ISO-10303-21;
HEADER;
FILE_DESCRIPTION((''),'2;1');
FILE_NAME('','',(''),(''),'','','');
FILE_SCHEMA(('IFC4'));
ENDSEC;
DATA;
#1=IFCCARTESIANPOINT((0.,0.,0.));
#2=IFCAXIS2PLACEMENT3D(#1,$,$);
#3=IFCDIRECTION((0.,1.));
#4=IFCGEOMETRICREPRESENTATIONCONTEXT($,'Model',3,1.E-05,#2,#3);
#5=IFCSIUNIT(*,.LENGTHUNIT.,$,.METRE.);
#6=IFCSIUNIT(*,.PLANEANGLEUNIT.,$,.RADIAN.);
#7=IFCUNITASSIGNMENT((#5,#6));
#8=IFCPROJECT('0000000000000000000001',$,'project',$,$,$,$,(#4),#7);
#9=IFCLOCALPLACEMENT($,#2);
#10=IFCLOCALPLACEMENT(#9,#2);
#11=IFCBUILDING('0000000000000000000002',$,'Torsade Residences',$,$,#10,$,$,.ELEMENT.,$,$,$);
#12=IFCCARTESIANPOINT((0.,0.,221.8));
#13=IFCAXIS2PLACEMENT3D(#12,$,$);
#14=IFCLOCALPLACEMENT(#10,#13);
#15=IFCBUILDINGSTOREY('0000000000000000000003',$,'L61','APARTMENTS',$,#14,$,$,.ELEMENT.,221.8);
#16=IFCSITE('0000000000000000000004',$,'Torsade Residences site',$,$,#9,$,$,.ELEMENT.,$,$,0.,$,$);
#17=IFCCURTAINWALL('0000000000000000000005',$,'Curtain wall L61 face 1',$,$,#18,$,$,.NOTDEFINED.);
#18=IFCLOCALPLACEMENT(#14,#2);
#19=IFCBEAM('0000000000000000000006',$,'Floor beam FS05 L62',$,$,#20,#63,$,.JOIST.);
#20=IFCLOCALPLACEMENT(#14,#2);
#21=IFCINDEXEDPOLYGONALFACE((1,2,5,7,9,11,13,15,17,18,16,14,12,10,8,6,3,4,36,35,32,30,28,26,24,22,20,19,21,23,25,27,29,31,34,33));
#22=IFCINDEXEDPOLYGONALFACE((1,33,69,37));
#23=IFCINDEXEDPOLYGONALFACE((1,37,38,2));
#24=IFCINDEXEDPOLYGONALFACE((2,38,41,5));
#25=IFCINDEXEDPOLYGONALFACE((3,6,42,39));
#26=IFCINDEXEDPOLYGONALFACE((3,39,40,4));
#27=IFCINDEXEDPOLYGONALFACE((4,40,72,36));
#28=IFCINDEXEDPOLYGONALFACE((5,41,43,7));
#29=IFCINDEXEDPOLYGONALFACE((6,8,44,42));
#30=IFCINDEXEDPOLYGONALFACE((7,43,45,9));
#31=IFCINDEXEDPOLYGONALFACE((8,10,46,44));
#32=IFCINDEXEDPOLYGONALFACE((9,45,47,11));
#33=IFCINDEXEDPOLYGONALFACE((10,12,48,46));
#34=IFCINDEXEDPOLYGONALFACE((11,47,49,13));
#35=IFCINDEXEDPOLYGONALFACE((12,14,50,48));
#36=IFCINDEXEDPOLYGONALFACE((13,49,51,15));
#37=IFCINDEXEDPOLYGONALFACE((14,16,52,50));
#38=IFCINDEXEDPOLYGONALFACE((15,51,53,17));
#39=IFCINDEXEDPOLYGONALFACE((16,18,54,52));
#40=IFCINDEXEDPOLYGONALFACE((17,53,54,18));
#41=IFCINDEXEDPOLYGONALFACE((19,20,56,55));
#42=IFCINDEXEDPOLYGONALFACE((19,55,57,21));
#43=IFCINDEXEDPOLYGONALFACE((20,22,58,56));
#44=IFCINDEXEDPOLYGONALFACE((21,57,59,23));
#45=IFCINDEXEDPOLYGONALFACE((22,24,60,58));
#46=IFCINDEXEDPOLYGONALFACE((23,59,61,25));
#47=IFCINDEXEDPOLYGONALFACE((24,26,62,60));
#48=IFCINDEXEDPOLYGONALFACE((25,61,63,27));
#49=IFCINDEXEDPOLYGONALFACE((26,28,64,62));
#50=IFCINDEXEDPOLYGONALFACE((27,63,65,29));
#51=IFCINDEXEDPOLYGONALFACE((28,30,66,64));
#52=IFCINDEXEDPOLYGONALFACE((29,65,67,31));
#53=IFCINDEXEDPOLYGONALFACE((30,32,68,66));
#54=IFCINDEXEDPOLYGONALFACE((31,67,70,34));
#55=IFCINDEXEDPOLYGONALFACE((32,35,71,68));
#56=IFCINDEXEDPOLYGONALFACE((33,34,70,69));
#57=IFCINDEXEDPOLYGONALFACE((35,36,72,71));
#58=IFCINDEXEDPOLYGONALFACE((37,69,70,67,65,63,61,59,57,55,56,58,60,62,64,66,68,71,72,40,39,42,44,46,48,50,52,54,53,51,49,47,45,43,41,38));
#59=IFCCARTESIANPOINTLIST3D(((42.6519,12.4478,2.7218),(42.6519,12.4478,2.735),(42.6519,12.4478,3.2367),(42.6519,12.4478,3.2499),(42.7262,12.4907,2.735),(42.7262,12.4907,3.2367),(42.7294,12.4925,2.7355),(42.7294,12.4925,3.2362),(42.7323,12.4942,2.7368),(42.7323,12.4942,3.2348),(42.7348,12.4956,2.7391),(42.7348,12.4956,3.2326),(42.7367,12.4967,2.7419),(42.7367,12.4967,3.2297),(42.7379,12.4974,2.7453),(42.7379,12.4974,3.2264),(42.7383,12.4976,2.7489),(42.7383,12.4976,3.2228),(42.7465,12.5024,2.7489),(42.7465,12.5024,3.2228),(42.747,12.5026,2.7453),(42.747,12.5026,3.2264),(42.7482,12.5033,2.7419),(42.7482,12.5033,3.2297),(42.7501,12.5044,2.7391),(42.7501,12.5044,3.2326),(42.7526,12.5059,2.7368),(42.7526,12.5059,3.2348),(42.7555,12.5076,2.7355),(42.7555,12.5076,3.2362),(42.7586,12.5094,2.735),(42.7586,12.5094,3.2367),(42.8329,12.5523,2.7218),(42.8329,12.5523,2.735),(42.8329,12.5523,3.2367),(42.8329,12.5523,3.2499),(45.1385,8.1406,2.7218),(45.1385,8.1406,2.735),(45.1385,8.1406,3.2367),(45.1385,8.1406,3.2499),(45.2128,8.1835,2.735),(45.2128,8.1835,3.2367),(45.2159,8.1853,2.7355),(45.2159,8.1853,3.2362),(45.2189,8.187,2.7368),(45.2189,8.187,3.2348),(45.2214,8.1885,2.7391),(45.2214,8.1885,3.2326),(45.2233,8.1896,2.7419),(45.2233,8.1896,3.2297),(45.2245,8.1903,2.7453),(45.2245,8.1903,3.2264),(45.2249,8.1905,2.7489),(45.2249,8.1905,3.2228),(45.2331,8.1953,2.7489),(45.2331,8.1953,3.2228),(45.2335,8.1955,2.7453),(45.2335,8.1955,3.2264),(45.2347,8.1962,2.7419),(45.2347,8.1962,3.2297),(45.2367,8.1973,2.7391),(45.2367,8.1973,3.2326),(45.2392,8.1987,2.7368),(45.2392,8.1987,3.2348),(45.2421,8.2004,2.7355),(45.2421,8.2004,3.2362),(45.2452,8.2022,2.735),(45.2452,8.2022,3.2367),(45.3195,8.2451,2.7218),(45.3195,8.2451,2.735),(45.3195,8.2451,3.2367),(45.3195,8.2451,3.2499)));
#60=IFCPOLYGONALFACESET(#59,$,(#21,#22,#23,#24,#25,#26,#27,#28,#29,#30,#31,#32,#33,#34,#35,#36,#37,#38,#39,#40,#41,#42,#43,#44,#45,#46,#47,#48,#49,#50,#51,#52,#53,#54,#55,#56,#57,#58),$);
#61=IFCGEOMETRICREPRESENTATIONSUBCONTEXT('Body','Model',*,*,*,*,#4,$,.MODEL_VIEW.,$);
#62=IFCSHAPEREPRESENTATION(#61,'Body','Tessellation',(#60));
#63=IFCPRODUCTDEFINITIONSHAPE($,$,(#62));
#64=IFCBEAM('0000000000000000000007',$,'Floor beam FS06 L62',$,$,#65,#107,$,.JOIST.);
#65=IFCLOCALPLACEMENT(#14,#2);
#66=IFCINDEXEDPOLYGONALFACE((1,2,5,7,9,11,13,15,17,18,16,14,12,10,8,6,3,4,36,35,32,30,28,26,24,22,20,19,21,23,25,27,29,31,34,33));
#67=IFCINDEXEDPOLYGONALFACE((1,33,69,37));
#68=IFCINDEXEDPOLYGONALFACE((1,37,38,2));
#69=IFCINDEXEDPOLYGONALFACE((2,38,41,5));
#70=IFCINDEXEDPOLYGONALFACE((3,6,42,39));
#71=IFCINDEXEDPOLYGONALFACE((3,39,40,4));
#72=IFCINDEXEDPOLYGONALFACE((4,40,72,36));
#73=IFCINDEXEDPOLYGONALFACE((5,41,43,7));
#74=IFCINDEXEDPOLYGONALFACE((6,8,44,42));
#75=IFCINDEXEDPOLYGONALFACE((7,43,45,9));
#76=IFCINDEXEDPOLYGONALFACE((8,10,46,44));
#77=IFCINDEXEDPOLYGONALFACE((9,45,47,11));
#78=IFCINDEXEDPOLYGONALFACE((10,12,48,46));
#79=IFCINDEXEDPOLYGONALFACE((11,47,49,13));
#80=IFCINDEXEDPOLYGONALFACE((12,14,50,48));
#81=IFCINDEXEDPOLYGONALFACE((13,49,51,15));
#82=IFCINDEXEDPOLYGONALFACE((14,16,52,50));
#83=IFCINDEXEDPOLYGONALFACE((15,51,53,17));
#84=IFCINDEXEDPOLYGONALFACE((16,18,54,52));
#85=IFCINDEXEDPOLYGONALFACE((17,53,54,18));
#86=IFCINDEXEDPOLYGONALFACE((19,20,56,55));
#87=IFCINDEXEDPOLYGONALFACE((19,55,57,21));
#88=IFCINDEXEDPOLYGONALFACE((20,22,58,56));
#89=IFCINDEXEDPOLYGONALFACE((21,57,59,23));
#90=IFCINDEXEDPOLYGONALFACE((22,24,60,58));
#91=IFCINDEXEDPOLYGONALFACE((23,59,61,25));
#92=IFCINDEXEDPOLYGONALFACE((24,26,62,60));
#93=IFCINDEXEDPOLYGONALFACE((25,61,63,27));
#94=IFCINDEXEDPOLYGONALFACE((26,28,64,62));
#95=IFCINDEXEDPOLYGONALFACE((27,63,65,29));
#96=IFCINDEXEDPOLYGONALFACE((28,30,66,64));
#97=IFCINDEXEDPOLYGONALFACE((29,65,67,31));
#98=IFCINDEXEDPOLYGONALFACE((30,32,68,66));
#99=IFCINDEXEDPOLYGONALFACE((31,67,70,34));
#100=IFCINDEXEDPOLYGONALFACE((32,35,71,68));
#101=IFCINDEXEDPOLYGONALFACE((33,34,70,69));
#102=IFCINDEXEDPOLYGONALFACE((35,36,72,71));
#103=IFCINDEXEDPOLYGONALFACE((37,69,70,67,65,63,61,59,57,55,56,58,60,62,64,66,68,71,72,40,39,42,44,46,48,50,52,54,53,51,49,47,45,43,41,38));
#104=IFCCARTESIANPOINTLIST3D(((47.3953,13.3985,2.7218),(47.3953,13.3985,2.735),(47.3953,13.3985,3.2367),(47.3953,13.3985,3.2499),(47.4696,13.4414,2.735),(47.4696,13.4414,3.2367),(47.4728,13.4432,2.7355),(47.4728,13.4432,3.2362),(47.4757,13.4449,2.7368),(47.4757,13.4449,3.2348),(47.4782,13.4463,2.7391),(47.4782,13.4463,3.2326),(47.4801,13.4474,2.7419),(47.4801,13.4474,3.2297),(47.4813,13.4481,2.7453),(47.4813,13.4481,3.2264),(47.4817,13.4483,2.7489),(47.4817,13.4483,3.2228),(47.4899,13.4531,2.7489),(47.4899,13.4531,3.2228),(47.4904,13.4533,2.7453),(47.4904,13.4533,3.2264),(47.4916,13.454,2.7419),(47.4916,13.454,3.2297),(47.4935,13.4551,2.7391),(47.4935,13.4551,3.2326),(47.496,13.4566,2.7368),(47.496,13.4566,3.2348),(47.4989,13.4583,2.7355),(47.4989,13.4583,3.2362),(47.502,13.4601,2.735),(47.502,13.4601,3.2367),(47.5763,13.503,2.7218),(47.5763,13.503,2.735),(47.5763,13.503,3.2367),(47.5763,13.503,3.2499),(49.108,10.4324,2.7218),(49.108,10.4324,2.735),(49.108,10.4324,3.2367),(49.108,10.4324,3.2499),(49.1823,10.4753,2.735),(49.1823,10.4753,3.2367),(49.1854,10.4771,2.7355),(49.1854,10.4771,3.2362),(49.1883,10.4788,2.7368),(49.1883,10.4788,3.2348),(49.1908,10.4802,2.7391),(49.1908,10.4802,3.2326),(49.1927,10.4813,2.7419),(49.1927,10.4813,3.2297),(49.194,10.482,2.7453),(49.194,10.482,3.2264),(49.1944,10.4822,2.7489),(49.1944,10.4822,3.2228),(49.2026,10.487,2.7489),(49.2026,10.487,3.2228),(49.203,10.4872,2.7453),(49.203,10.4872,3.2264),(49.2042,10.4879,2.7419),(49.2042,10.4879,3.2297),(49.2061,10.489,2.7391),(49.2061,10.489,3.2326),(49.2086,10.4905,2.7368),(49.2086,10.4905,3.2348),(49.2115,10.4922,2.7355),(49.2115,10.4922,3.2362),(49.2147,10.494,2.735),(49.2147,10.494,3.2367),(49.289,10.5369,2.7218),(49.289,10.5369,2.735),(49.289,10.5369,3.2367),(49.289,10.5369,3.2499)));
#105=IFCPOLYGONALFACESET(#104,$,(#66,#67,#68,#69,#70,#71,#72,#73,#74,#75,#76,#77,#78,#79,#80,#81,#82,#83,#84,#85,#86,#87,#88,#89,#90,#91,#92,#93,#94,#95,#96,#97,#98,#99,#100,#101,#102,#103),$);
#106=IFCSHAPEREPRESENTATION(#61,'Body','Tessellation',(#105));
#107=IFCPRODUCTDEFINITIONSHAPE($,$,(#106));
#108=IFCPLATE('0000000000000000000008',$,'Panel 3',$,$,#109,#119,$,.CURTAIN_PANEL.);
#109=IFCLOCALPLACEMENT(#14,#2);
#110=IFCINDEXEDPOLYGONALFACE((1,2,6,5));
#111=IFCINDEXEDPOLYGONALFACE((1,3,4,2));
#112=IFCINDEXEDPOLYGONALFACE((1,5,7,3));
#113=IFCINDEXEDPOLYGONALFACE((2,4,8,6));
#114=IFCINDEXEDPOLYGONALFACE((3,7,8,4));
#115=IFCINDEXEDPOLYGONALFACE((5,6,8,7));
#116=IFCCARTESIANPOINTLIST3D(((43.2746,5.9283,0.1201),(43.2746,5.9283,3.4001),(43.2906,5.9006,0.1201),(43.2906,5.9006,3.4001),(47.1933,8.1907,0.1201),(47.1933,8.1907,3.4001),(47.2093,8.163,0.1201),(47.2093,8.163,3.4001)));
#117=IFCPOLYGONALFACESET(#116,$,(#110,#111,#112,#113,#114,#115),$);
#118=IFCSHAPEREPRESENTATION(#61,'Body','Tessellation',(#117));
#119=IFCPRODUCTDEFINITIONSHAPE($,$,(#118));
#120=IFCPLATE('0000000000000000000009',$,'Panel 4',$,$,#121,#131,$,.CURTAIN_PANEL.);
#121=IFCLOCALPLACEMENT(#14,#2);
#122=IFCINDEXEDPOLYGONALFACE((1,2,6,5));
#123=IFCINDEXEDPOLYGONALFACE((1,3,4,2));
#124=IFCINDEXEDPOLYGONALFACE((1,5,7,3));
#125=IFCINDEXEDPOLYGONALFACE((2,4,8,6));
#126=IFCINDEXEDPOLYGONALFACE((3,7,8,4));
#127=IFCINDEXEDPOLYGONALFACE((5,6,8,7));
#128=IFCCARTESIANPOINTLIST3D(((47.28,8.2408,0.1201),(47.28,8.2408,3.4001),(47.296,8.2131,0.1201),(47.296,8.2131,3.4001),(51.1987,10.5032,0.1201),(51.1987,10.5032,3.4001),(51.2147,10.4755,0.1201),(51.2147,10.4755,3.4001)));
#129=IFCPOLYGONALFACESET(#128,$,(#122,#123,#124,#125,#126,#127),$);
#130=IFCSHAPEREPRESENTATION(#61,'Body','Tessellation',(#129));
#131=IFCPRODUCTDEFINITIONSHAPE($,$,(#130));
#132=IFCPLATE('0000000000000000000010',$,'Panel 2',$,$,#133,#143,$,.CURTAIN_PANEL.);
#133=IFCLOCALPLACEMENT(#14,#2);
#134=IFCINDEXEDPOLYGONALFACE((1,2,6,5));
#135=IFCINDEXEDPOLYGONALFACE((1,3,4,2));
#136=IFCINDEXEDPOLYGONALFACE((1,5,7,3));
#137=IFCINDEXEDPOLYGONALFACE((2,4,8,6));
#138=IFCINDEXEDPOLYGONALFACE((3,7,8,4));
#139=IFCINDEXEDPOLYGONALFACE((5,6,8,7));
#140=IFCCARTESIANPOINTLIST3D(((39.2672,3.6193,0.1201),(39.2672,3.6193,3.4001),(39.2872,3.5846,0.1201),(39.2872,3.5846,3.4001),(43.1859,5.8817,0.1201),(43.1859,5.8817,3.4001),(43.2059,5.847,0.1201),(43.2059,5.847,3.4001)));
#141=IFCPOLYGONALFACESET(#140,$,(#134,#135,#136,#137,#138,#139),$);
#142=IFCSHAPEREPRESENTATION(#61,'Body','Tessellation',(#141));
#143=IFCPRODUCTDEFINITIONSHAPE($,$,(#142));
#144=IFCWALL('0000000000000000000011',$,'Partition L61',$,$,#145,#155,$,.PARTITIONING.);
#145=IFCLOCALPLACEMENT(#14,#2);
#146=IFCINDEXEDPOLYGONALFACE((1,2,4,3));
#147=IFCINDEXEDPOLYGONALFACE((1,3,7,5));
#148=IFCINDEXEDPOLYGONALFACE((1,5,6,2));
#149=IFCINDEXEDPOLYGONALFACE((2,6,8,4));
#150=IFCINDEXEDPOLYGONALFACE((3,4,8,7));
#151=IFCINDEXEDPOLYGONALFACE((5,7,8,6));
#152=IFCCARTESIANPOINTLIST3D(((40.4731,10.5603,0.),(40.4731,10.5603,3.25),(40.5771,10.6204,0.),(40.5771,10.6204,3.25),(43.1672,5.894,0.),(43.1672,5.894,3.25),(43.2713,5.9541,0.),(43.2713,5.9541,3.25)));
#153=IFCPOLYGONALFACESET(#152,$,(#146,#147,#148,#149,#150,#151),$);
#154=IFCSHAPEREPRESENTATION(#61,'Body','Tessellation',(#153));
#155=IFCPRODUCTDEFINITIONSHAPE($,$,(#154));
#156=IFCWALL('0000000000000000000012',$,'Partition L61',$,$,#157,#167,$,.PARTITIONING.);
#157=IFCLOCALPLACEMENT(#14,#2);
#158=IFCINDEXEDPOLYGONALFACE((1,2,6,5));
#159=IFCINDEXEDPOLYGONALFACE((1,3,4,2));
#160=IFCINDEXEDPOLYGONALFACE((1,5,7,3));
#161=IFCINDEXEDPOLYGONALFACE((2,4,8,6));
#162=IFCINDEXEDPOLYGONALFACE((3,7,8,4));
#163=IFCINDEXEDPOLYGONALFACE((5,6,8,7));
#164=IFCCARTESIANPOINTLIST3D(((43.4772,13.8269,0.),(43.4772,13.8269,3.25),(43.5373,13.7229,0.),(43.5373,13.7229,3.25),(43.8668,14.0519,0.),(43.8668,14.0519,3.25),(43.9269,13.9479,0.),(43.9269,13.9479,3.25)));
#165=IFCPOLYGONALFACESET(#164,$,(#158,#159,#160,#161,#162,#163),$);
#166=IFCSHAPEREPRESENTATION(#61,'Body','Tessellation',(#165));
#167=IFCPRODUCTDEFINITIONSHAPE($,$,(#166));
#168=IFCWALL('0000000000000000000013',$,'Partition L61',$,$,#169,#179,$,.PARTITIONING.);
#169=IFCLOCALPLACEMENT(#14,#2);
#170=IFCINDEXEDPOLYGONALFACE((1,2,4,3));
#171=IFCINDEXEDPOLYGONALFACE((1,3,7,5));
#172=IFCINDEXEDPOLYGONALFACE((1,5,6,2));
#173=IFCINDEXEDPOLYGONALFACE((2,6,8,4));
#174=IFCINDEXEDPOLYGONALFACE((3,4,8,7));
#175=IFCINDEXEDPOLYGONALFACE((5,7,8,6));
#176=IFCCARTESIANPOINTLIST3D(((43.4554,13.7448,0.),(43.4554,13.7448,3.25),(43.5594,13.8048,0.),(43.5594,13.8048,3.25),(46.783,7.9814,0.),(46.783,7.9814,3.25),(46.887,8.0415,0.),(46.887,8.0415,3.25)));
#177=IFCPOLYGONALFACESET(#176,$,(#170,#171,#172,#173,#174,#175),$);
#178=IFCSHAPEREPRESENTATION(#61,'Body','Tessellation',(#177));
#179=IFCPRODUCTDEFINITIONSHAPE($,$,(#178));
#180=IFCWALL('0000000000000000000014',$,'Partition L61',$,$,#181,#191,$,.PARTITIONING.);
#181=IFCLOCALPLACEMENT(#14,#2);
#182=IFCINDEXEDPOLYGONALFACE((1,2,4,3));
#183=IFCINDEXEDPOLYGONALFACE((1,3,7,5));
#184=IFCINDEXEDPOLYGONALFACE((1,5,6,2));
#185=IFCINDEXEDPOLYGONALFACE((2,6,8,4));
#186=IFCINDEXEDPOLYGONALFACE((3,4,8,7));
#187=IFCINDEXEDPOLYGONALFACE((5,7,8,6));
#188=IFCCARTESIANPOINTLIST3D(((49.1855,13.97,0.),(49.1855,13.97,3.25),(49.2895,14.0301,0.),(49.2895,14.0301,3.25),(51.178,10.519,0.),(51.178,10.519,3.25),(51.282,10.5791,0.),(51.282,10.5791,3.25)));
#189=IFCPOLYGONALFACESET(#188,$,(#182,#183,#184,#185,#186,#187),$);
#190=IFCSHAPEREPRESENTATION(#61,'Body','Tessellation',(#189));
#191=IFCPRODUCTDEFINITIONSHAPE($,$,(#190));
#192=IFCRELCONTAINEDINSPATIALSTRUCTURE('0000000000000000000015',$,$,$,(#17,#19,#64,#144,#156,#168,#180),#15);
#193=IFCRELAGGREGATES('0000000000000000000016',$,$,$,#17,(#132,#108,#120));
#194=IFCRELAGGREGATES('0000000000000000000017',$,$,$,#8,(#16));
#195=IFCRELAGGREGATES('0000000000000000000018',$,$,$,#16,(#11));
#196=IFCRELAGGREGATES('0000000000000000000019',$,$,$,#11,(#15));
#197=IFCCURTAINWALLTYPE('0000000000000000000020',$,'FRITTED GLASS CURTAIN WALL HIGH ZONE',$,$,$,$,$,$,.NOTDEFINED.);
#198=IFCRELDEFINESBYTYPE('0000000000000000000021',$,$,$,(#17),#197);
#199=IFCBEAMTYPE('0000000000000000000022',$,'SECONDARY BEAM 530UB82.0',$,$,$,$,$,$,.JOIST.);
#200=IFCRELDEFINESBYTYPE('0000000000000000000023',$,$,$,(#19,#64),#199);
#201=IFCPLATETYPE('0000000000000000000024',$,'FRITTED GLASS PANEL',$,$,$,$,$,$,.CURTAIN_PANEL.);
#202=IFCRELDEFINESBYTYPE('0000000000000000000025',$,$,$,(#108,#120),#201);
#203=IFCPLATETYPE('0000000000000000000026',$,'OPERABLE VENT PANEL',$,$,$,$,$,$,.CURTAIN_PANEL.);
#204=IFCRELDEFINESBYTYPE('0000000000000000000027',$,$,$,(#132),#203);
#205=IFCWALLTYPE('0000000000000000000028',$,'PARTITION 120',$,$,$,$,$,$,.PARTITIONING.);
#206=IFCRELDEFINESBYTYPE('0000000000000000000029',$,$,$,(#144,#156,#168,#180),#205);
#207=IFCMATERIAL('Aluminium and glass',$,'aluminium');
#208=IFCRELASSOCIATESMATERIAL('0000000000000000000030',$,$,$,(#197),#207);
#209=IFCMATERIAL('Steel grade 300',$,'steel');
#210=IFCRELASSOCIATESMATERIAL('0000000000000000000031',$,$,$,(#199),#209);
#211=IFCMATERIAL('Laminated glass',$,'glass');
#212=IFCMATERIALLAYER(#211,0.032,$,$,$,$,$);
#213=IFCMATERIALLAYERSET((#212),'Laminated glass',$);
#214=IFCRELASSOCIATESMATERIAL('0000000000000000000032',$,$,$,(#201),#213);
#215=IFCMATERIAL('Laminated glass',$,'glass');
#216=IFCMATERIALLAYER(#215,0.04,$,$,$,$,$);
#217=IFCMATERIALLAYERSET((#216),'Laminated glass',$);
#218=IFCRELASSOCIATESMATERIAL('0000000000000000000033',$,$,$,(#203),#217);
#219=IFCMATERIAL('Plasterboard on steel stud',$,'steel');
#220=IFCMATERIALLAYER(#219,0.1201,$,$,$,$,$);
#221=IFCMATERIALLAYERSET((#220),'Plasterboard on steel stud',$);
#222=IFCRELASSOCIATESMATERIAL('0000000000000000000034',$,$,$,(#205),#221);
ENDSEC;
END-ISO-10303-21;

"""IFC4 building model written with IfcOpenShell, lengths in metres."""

from ifc_helpers import new_model, si_unit, direction, frame, frame_2d, origin, origin_2d, place, context, subcontext, project, spatial, rectangle, i_section, extrude, material, layer, layer_set, material_profile, profile_set, type_object, element, aggregate, save


model = new_model("IFC4")

# Units and contexts
model_context = context("Model", 3, precision=1e-05, world=origin(), true_north=direction((0.0, 1.0)))
body_context = subcontext(model_context, "Body", "Model", "MODEL_VIEW")
ifc_project = project(units=[si_unit("LENGTHUNIT", "METRE"), si_unit("PLANEANGLEUNIT", "RADIAN")], contexts=[model_context])

# Site, building, storey
site_placement = place(None, origin())
site = spatial("IfcSite", under=ifc_project, at=site_placement, Name="Torsade Residences site", CompositionType="ELEMENT", RefElevation=0.0)
building_placement = place(site_placement, origin())
building = spatial("IfcBuilding", under=site, at=building_placement, Name="Torsade Residences", CompositionType="ELEMENT")
storey_placement = place(building_placement, frame((0.0, 0.0, 221.8)))
storey = spatial("IfcBuildingStorey", under=building, at=storey_placement, Name="L61", Description="APARTMENTS", CompositionType="ELEMENT", Elevation=221.8)

# Curtain wall
ifc_material_1 = material(Name="Aluminium and glass", Category="aluminium")
curtain_wall_type = type_object("IfcCurtainWallType", Name="FRITTED GLASS CURTAIN WALL HIGH ZONE", PredefinedType="NOTDEFINED", material=ifc_material_1)
curtain_wall_placement = place(storey_placement, origin())
curtain_wall = element("IfcCurtainWall", 1, at=curtain_wall_placement, inside=storey, type_object=curtain_wall_type, Name="Curtain wall L61 face 1", PredefinedType="NOTDEFINED")

# Beams
ifc_material_2 = material(Name="Steel grade 300", Category="steel")
ifc_material_profile_1 = material_profile(ifc_material_2, i_section(OverallWidth=0.209, OverallDepth=0.5281, WebThickness=0.0095, FlangeThickness=0.0132, FilletRadius=0.0139, at=origin_2d()), Name="530UB82.0")
ifc_profile_set_1 = profile_set([ifc_material_profile_1], Name="Steel grade 300")
beam_type_1 = type_object("IfcBeamType", Name="SECONDARY BEAM 530UB82.0", PredefinedType="JOIST", material=ifc_profile_set_1)
beam_1_placement = place(storey_placement, frame((45.229, 8.1929, 2.9858), z_axis=(-0.499977, 0.866038, 0.0), x_axis=(-0.866038, -0.499977, 0.0)))
element("IfcBeam", 2, at=beam_1_placement, inside=storey, type_object=beam_type_1, Name="Floor beam FS05 L62", PredefinedType="JOIST", context=body_context, shape_type="SweptSolid", body=[
    extrude(i_section(OverallWidth=0.209, OverallDepth=0.5281, WebThickness=0.0095, FlangeThickness=0.0132, FilletRadius=0.0139, at=origin_2d()), origin(), (0.0, 0.0, 1.0), 4.9734),
])
beam_2_placement = place(storey_placement, frame((49.1985, 10.4846, 2.9858), z_axis=(-0.500041, 0.866002, 0.0), x_axis=(-0.866002, -0.500041, 0.0)))
element("IfcBeam", 3, at=beam_2_placement, inside=storey, type_object=beam_type_1, Name="Floor beam FS06 L62", PredefinedType="JOIST", context=body_context, shape_type="SweptSolid", body=[
    extrude(i_section(OverallWidth=0.209, OverallDepth=0.5281, WebThickness=0.0095, FlangeThickness=0.0132, FilletRadius=0.0139, at=origin_2d()), origin(), (0.0, 0.0, 1.0), 3.425),
])

# Plates
ifc_material_3 = material(Name="Laminated glass", Category="glass")
ifc_layer_1 = layer(ifc_material_3, 0.032)
ifc_layer_set_1 = layer_set([ifc_layer_1], Name="Laminated glass")
plate_type_1 = type_object("IfcPlateType", Name="FRITTED GLASS PANEL", PredefinedType="CURTAIN_PANEL", material=ifc_layer_set_1)
plate_1_placement = place(storey_placement, frame((45.2419, 7.0457, 0.1201), z_axis=(0.0, 0.0, 1.0), x_axis=(0.866025, 0.5, 0.0)))
plate_1 = element("IfcPlate", 4, at=plate_1_placement, type_object=plate_type_1, Name="Panel 3", PredefinedType="CURTAIN_PANEL", context=body_context, shape_type="SweptSolid", body=[
    extrude(rectangle(XDim=4.5249, YDim=0.032, at=origin_2d()), origin(), (0.0, 0.0, 1.0), 3.28),
])
plate_2_placement = place(storey_placement, frame((49.2473, 9.3582, 0.1201), z_axis=(0.0, 0.0, 1.0), x_axis=(0.866025, 0.5, 0.0)))
plate_2 = element("IfcPlate", 5, at=plate_2_placement, type_object=plate_type_1, Name="Panel 4", PredefinedType="CURTAIN_PANEL", context=body_context, shape_type="SweptSolid", body=[
    extrude(rectangle(XDim=4.5249, YDim=0.032, at=origin_2d()), origin(), (0.0, 0.0, 1.0), 3.28),
])
ifc_material_4 = material(Name="Laminated glass", Category="glass")
ifc_layer_2 = layer(ifc_material_4, 0.04)
ifc_layer_set_2 = layer_set([ifc_layer_2], Name="Laminated glass")
plate_type_2 = type_object("IfcPlateType", Name="OPERABLE VENT PANEL", PredefinedType="CURTAIN_PANEL", material=ifc_layer_set_2)
plate_3_placement = place(storey_placement, frame((41.2366, 4.7332, 0.1201), z_axis=(0.0, 0.0, 1.0), x_axis=(0.866025, 0.5, 0.0)))
plate_3 = element("IfcPlate", 6, at=plate_3_placement, type_object=plate_type_2, Name="Panel 2", PredefinedType="CURTAIN_PANEL", context=body_context, shape_type="SweptSolid", body=[
    extrude(rectangle(XDim=4.5249, YDim=0.04, at=origin_2d()), origin(), (0.0, 0.0, 1.0), 3.28),
])
aggregate(curtain_wall, [plate_3, plate_1, plate_2])

# Walls
ifc_material_5 = material(Name="Plasterboard on steel stud", Category="steel")
ifc_layer_3 = layer(ifc_material_5, 0.1201)
ifc_layer_set_3 = layer_set([ifc_layer_3], Name="Plasterboard on steel stud")
wall_type_1 = type_object("IfcWallType", Name="PARTITION 120", PredefinedType="PARTITIONING", material=ifc_layer_set_3)
wall_1_placement = place(storey_placement, frame((43.2192, 5.9241, 0.0), z_axis=(0.0, 0.0, 1.0), x_axis=(-0.500004, 0.866023, 0.0)))
element("IfcWall", 7, at=wall_1_placement, inside=storey, type_object=wall_type_1, Name="Partition L61", PredefinedType="PARTITIONING", context=body_context, shape_type="SweptSolid", body=[
    extrude(rectangle(XDim=5.3882, YDim=0.1201, at=frame_2d((2.6941, 0.0))), origin(), (0.0, 0.0, 1.0), 3.25),
])
wall_2_placement = place(storey_placement, frame((43.897, 14.0, 0.0), z_axis=(0.0, 0.0, 1.0), x_axis=(-0.865896, -0.500223, 0.0)))
element("IfcWall", 8, at=wall_2_placement, inside=storey, type_object=wall_type_1, Name="Partition L61", PredefinedType="PARTITIONING", context=body_context, shape_type="SweptSolid", body=[
    extrude(rectangle(XDim=0.45, YDim=0.1201, at=frame_2d((0.2251, 0.0))), origin(), (0.0, 0.0, 1.0), 3.25),
])
wall_3_placement = place(storey_placement, frame((43.5073, 13.7749, 0.0), z_axis=(0.0, 0.0, 1.0), x_axis=(0.500014, -0.866018, 0.0)))
element("IfcWall", 9, at=wall_3_placement, inside=storey, type_object=wall_type_1, Name="Partition L61", PredefinedType="PARTITIONING", context=body_context, shape_type="SweptSolid", body=[
    extrude(rectangle(XDim=6.655, YDim=0.1201, at=frame_2d((3.3276, 0.0))), origin(), (0.0, 0.0, 1.0), 3.25),
])
wall_4_placement = place(storey_placement, frame((51.23, 10.5491, 0.0), z_axis=(0.0, 0.0, 1.0), x_axis=(-0.500007, 0.866021, 0.0)))
element("IfcWall", 10, at=wall_4_placement, inside=storey, type_object=wall_type_1, Name="Partition L61", PredefinedType="PARTITIONING", context=body_context, shape_type="SweptSolid", body=[
    extrude(rectangle(XDim=3.9849, YDim=0.1201, at=frame_2d((1.9924, 0.0))), origin(), (0.0, 0.0, 1.0), 3.25),
])

save(model, "model.ifc")
